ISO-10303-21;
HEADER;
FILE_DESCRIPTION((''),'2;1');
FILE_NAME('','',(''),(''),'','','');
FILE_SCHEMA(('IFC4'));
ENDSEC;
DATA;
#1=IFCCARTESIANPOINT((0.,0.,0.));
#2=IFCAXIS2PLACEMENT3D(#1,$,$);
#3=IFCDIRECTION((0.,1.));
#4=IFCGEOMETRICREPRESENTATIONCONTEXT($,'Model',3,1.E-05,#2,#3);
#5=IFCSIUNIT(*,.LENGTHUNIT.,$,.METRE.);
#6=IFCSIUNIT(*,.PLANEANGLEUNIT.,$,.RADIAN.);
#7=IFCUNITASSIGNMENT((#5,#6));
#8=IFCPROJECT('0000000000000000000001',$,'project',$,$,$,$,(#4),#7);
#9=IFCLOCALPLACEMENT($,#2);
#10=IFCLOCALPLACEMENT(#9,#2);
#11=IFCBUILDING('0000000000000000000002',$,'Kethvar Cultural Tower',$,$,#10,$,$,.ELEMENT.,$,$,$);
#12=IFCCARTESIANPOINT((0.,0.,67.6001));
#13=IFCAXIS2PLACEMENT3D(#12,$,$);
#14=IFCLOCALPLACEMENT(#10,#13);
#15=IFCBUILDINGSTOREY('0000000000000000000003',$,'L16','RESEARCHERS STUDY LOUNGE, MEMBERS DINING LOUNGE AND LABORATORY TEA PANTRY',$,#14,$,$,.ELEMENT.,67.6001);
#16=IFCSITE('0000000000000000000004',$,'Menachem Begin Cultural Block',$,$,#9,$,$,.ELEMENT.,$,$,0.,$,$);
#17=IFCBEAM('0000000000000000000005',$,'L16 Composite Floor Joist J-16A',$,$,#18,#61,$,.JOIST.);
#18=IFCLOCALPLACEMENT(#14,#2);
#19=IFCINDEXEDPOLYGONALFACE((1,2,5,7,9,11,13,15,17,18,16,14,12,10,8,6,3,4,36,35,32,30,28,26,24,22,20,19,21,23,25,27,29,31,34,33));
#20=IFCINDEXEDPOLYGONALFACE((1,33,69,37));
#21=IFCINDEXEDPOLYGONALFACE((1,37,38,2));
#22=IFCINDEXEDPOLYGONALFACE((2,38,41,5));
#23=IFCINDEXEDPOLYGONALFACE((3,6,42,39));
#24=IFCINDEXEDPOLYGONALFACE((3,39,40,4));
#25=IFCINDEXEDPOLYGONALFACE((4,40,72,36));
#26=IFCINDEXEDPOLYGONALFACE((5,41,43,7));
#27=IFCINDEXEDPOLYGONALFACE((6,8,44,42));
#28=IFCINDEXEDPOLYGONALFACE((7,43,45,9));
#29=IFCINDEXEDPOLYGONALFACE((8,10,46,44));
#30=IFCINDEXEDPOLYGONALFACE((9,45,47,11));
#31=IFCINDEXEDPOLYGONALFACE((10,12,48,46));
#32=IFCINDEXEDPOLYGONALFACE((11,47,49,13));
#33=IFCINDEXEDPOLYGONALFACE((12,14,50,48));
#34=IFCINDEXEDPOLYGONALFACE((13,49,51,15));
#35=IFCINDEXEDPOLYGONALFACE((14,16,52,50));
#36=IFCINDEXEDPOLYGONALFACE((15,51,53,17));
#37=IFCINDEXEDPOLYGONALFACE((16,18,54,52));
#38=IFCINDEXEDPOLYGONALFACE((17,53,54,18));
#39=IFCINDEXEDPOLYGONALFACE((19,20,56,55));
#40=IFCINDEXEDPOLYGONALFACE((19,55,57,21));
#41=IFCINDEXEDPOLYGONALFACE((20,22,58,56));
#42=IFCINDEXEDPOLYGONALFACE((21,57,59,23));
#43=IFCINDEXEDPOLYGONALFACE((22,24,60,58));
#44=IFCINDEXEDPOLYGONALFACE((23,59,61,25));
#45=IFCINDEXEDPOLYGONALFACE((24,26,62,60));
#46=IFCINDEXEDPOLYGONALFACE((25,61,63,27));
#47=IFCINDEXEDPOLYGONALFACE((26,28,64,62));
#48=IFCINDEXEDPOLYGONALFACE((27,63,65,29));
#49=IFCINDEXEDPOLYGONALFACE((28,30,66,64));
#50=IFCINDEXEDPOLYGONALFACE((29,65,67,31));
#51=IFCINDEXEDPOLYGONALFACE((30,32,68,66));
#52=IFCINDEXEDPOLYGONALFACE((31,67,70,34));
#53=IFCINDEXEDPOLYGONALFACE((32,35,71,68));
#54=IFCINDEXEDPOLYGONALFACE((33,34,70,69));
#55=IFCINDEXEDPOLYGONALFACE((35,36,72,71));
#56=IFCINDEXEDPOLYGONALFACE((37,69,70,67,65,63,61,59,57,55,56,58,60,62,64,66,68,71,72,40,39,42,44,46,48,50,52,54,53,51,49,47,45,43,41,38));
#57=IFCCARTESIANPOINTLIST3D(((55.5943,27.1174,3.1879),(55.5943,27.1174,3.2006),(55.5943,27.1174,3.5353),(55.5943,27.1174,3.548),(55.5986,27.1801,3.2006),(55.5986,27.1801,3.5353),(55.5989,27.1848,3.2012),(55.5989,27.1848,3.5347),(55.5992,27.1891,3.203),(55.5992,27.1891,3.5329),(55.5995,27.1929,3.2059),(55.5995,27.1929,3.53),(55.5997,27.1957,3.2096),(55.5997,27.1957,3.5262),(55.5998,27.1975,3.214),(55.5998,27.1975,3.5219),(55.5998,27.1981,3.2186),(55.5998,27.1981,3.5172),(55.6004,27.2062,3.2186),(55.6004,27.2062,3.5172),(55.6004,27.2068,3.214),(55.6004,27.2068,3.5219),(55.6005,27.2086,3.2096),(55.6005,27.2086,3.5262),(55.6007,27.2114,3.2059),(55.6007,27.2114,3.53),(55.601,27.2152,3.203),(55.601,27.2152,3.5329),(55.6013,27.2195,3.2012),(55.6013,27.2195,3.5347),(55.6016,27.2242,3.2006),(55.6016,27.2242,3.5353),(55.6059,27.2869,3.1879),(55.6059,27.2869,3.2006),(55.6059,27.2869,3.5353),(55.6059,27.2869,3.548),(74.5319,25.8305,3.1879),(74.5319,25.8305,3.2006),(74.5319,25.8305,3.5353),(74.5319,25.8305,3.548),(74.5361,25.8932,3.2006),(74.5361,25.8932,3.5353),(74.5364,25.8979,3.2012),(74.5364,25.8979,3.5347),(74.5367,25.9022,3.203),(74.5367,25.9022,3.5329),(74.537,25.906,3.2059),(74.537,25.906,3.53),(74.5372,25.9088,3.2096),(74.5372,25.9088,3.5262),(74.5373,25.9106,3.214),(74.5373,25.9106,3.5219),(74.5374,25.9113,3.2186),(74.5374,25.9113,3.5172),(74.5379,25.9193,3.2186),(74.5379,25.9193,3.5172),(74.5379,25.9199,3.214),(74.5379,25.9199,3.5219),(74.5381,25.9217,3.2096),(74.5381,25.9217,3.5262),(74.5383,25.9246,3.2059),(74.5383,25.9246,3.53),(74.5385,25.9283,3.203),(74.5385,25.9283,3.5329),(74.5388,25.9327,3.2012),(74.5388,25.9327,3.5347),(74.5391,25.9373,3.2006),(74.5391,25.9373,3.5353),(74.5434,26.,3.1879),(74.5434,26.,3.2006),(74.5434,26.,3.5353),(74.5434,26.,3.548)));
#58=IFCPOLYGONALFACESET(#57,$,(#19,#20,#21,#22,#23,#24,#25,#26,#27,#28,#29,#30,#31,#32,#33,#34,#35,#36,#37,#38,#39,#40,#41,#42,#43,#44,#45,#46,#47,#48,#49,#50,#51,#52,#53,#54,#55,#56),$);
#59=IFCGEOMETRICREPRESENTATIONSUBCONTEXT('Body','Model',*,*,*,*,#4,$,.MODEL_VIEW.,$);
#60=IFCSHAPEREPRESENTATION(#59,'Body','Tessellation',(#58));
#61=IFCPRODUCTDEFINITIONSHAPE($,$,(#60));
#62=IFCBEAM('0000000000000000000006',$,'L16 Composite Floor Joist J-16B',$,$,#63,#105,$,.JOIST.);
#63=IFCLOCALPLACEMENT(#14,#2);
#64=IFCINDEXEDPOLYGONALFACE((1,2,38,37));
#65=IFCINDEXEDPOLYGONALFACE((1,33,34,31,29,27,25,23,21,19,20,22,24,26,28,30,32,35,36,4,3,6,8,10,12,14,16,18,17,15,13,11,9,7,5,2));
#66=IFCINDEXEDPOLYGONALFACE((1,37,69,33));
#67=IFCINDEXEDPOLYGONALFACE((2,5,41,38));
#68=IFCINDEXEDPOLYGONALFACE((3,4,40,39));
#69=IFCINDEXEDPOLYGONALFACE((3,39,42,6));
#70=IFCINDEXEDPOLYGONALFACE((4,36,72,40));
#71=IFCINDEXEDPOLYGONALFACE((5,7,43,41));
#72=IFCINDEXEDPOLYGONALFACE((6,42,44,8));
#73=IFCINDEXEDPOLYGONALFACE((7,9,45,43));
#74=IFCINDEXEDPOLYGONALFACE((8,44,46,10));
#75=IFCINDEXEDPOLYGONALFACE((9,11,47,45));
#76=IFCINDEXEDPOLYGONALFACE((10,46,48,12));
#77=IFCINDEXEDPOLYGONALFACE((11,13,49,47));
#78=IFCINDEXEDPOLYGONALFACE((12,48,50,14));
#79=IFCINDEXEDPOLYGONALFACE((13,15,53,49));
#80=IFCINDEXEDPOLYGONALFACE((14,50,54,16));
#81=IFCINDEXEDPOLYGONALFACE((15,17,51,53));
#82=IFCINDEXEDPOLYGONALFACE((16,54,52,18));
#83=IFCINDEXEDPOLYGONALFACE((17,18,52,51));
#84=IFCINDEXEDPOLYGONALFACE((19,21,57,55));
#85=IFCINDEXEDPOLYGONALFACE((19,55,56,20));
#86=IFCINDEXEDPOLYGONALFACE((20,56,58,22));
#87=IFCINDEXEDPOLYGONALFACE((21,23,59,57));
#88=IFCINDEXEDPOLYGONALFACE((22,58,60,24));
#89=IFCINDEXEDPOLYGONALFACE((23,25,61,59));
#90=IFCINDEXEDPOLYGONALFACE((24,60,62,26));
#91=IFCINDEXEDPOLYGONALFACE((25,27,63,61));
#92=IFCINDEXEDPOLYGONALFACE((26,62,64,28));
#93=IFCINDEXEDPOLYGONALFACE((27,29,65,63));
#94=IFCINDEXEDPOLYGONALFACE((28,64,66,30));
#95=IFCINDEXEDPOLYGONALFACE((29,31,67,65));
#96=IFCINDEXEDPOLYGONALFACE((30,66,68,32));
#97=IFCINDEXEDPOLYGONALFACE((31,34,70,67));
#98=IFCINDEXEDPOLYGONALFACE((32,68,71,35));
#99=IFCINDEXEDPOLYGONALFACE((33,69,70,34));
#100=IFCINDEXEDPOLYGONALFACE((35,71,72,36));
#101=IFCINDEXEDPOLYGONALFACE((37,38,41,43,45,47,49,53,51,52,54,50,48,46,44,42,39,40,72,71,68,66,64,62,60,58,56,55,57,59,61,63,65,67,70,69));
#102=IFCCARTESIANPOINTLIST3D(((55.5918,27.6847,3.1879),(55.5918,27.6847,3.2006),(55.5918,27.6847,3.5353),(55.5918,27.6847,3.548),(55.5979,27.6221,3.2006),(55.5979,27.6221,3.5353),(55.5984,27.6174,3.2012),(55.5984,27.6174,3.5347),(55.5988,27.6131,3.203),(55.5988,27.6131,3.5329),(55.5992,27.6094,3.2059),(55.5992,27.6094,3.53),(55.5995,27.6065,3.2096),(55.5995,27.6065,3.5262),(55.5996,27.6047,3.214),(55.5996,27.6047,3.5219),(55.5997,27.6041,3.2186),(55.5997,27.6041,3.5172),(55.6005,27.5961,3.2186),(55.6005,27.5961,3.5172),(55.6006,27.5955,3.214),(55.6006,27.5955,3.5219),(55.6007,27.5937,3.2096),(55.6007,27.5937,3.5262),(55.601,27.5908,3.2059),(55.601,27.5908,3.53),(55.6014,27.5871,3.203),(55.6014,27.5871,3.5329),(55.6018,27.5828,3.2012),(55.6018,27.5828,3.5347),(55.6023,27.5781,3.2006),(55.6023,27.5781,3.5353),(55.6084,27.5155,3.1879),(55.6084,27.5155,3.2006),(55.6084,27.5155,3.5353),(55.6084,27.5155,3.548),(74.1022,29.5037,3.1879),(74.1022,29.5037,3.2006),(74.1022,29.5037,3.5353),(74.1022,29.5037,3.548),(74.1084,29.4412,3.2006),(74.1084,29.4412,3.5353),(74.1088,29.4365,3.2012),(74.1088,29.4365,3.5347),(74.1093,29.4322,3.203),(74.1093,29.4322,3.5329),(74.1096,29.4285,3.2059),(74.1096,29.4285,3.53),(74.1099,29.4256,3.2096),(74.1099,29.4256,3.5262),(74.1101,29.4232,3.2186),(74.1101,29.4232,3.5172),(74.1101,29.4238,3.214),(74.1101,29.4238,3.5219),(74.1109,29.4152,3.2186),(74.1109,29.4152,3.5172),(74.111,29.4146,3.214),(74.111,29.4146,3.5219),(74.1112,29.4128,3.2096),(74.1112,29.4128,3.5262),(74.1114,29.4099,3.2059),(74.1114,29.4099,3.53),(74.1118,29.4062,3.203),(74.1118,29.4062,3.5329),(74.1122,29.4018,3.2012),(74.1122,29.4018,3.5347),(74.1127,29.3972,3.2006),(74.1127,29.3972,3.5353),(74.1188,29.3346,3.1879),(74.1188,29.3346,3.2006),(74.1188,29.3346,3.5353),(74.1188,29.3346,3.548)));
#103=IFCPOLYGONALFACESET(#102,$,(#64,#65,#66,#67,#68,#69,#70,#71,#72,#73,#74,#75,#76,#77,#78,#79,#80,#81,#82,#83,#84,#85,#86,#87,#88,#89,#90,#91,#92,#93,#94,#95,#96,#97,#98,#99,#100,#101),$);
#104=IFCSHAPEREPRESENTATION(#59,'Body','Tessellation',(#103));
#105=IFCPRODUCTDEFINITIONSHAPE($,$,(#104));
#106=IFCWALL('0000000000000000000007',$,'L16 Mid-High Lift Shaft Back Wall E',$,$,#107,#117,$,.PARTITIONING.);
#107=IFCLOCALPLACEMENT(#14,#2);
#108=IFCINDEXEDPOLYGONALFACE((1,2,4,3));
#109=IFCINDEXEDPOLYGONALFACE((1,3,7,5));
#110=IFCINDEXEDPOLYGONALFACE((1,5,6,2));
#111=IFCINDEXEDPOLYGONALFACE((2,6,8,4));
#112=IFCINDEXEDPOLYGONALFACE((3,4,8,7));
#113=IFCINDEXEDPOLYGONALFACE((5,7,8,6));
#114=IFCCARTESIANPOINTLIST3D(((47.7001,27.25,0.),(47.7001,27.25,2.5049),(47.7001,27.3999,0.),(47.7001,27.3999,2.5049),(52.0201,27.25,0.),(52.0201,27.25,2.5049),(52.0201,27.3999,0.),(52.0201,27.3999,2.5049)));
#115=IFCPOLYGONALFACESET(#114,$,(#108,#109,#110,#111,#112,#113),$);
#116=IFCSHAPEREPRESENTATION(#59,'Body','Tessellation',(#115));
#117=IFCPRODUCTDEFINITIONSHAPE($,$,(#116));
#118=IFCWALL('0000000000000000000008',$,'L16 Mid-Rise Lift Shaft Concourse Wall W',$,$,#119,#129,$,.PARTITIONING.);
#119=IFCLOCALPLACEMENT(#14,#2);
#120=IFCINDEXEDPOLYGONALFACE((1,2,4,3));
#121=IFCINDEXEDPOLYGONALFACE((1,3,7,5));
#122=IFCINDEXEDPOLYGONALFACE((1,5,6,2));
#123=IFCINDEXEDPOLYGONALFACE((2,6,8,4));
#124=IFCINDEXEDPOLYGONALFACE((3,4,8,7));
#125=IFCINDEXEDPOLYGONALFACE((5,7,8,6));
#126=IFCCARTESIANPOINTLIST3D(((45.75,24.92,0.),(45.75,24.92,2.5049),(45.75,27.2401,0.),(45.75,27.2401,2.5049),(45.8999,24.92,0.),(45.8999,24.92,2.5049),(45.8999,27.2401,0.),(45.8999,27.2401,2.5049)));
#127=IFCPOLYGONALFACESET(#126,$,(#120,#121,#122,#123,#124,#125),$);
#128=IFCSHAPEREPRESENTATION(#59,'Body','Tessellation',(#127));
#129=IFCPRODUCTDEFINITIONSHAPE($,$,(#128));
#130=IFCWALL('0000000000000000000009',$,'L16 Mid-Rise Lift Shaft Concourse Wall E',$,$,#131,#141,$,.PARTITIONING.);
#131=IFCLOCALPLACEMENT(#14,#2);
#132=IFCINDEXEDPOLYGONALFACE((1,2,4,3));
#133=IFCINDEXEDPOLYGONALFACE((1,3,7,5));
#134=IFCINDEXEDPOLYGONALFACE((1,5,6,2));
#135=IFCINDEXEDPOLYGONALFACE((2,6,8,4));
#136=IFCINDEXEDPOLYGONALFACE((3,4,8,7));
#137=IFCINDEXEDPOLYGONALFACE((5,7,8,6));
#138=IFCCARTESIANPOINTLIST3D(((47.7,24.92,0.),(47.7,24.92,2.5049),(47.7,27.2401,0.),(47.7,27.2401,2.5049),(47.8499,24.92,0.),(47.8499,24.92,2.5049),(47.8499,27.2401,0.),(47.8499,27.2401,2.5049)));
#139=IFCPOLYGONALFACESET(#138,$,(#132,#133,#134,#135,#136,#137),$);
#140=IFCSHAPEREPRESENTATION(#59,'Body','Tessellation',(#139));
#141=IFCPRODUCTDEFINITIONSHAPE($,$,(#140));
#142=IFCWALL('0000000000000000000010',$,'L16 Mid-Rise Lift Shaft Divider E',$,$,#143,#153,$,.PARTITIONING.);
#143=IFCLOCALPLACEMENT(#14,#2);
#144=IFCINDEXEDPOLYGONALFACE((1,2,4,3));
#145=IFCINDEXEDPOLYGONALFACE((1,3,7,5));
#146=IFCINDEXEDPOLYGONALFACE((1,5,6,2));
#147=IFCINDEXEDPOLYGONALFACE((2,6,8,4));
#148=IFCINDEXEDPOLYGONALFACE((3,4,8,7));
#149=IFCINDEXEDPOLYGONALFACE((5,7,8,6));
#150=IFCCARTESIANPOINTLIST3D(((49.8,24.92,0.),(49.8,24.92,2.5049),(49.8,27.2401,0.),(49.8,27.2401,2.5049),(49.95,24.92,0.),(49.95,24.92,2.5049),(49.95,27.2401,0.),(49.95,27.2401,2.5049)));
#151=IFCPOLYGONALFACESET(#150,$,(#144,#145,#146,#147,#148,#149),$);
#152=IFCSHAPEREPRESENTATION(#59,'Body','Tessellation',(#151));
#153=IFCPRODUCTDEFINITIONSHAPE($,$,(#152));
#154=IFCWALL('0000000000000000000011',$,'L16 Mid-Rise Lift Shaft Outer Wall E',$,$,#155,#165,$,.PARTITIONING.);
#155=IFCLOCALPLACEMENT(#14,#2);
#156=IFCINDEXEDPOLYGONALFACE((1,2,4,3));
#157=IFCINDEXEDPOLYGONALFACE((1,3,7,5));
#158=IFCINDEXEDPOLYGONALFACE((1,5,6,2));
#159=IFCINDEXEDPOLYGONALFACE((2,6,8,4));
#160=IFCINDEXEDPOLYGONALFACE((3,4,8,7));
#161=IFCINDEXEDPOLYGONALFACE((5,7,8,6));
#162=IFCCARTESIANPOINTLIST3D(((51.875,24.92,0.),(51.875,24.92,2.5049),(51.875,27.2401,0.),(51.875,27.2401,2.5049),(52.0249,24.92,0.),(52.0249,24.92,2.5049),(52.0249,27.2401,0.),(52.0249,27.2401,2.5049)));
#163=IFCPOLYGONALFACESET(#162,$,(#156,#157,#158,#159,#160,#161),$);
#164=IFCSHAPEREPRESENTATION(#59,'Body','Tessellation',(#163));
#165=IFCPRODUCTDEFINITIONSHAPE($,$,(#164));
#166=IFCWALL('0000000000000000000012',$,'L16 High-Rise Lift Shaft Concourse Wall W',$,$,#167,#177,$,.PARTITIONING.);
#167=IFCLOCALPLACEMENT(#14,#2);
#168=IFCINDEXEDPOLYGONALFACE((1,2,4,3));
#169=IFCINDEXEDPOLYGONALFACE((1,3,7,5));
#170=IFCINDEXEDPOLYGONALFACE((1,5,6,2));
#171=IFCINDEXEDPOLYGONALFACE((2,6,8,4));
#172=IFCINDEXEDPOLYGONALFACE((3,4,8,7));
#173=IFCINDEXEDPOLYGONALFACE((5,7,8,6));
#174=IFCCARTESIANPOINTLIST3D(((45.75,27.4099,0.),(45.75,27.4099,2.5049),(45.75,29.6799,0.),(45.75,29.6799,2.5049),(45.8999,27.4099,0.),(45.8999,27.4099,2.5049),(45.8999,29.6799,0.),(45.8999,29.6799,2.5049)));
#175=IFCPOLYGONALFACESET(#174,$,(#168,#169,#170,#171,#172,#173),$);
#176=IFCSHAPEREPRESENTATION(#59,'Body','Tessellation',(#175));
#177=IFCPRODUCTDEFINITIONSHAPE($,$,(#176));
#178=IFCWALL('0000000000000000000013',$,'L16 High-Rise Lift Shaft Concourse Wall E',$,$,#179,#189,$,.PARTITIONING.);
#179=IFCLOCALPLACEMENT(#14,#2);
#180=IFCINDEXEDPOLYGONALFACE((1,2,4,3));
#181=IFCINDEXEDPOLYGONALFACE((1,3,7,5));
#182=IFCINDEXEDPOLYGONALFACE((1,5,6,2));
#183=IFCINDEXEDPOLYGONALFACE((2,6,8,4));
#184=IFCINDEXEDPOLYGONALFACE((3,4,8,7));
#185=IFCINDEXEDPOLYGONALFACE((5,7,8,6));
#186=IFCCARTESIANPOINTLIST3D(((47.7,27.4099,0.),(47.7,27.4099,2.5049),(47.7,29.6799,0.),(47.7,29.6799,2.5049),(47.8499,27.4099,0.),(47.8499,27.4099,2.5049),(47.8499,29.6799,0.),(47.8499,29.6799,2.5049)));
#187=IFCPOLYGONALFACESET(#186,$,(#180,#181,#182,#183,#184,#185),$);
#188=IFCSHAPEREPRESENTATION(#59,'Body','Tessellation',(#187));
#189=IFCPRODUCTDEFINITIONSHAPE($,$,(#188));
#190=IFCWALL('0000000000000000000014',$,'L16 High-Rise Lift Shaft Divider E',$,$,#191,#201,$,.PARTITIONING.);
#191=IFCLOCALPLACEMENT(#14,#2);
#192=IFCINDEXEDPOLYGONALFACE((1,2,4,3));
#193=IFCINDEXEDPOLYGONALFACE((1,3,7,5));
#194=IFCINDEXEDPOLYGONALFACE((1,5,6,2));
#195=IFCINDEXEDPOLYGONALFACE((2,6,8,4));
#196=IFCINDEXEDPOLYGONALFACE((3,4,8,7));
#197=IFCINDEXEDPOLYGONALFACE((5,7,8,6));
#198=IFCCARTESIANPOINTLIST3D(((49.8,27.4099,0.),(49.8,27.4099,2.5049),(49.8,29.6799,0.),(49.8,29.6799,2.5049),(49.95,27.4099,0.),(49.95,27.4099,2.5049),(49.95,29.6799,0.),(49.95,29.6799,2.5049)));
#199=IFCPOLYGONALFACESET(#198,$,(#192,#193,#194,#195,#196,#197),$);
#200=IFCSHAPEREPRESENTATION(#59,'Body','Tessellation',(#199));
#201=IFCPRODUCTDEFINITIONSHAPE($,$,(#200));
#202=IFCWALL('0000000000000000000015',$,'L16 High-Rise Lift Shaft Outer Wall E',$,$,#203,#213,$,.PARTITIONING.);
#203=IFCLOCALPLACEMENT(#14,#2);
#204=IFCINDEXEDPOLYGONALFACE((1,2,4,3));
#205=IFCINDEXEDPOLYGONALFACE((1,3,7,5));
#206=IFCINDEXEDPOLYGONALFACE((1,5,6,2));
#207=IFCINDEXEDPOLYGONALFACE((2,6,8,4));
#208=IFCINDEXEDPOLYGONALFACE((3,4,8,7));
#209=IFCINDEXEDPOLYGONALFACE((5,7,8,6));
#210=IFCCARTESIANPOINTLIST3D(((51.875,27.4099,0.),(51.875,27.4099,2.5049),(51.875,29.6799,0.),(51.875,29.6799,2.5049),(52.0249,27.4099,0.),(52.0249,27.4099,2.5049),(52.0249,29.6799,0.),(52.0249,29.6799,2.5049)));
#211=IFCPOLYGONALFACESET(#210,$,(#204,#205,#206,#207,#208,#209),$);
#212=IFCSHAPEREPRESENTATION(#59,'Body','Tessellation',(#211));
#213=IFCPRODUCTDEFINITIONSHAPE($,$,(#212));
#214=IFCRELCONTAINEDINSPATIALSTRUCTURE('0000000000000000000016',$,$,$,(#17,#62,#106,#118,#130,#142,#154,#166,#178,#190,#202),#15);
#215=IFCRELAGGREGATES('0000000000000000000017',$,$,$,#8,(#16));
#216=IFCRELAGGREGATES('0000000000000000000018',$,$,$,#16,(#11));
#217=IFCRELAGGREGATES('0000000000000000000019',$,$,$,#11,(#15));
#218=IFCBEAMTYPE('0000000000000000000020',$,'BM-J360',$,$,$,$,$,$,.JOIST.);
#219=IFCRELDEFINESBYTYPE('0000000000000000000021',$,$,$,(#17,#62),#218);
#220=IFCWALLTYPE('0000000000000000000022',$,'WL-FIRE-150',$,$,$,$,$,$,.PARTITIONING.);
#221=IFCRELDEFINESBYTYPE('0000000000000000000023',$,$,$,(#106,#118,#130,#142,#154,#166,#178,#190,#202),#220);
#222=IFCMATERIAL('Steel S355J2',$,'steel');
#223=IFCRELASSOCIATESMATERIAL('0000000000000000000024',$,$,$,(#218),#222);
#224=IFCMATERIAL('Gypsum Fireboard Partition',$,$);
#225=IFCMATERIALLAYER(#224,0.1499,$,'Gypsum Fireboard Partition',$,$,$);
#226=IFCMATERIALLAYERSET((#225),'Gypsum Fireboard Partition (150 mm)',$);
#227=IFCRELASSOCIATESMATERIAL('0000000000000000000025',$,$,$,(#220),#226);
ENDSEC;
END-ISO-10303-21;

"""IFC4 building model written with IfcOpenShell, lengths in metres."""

from ifc_helpers import new_model, si_unit, direction, frame, frame_2d, origin, origin_2d, place, context, subcontext, project, spatial, rectangle, i_section, extrude, source, transform, mapped, material, layer, layer_set, material_profile, profile_set, type_object, element, save


model = new_model("IFC4")

# Units and contexts
model_context = context("Model", 3, precision=1e-05, world=origin(), true_north=direction((0.0, 1.0)))
body_context = subcontext(model_context, "Body", "Model", "MODEL_VIEW")
ifc_project = project(units=[si_unit("LENGTHUNIT", "METRE"), si_unit("PLANEANGLEUNIT", "RADIAN")], contexts=[model_context])

# Site, building, storey
site_placement = place(None, origin())
site = spatial("IfcSite", under=ifc_project, at=site_placement, Name="Menachem Begin Cultural Block", CompositionType="ELEMENT", RefElevation=0.0)
building_placement = place(site_placement, origin())
building = spatial("IfcBuilding", under=site, at=building_placement, Name="Kethvar Cultural Tower", CompositionType="ELEMENT")
storey_placement = place(building_placement, frame((0.0, 0.0, 67.6001)))
storey = spatial("IfcBuildingStorey", under=building, at=storey_placement, Name="L16", Description="RESEARCHERS STUDY LOUNGE, MEMBERS DINING LOUNGE AND LABORATORY TEA PANTRY", CompositionType="ELEMENT", Elevation=67.6001)

# Beams
ifc_material_1 = material(Name="Steel S355J2", Category="steel")
ifc_material_profile_1 = material_profile(ifc_material_1, i_section(OverallWidth=0.1699, OverallDepth=0.3601, WebThickness=0.0081, FlangeThickness=0.0127, FilletRadius=0.0181, at=origin_2d()), Name="Steel S355J2 — IPE360")
ifc_profile_set_1 = profile_set([ifc_material_profile_1], Name="Steel S355J2 — IPE360")
beam_type_1 = type_object("IfcBeamType", Name="BM-J360", PredefinedType="JOIST", material=ifc_profile_set_1)
shared_shape_1 = source(origin(), body_context, "Body", "SweptSolid", [
    extrude(i_section(OverallWidth=0.1699, OverallDepth=0.3601, WebThickness=0.0081, FlangeThickness=0.0127, FilletRadius=0.0181, at=origin_2d()), origin(), (0.0, 0.0, 1.0), 18.9812),
])
beam_1_placement = place(storey_placement, frame((55.6001, 27.2021, 3.3679), z_axis=(0.997699, -0.067797, 0.0), x_axis=(0.067797, 0.997699, 0.0)))
element("IfcBeam", 1, at=beam_1_placement, inside=storey, type_object=beam_type_1, Name="L16 Composite Floor Joist J-16A", PredefinedType="JOIST", context=body_context, shape_type="MappedRepresentation", body=[
    mapped(shared_shape_1, transform((0.0, 0.0, 0.0), scale=1.0)),
])
shared_shape_2 = source(origin(), body_context, "Body", "SweptSolid", [
    extrude(i_section(OverallWidth=0.1699, OverallDepth=0.3601, WebThickness=0.0081, FlangeThickness=0.0127, FilletRadius=0.0181, at=origin_2d()), origin(), (0.0, 0.0, 1.0), 18.5996),
])
beam_2_placement = place(storey_placement, frame((55.6001, 27.6001, 3.3679), z_axis=(0.995206, 0.097802, 0.0), x_axis=(-0.097802, 0.995206, 0.0)))
element("IfcBeam", 2, at=beam_2_placement, inside=storey, type_object=beam_type_1, Name="L16 Composite Floor Joist J-16B", PredefinedType="JOIST", context=body_context, shape_type="MappedRepresentation", body=[
    mapped(shared_shape_2, transform((0.0, 0.0, 0.0), scale=1.0)),
])

# Walls
ifc_material_2 = material(Name="Gypsum Fireboard Partition")
ifc_layer_1 = layer(ifc_material_2, 0.1499, Name="Gypsum Fireboard Partition")
ifc_layer_set_1 = layer_set([ifc_layer_1], Name="Gypsum Fireboard Partition (150 mm)")
wall_type_1 = type_object("IfcWallType", Name="WL-FIRE-150", PredefinedType="PARTITIONING", material=ifc_layer_set_1)
wall_1_placement = place(storey_placement, frame((47.7, 27.325, 0.0), z_axis=(0.0, 0.0, 1.0), x_axis=(1.0, 0.0, 0.0)))
element("IfcWall", 3, at=wall_1_placement, inside=storey, type_object=wall_type_1, Name="L16 Mid-High Lift Shaft Back Wall E", PredefinedType="PARTITIONING", context=body_context, shape_type="SweptSolid", body=[
    extrude(rectangle(XDim=4.3201, YDim=0.1499, at=frame_2d((2.1602, 0.0))), origin(), (0.0, 0.0, 1.0), 2.5049),
])
for number, where, z_axis, x_axis, name in (
    (4, (45.825, 24.9199, 0.0), (0.0, 0.0, 1.0), (0.0, 1.0, 0.0), "L16 Mid-Rise Lift Shaft Concourse Wall W"),
    (5, (47.7749, 24.9199, 0.0), (0.0, 0.0, 1.0), (0.0, 1.0, 0.0), "L16 Mid-Rise Lift Shaft Concourse Wall E"),
    (6, (49.875, 24.9199, 0.0), (0.0, 0.0, 1.0), (0.0, 1.0, 0.0), "L16 Mid-Rise Lift Shaft Divider E"),
    (7, (51.95, 24.9199, 0.0), (0.0, 0.0, 1.0), (0.0, 1.0, 0.0), "L16 Mid-Rise Lift Shaft Outer Wall E"),
):
    element("IfcWall", number, at=place(storey_placement, frame(where, z_axis=z_axis, x_axis=x_axis)), inside=storey, type_object=wall_type_1, Name=name, PredefinedType="PARTITIONING", context=body_context, shape_type="SweptSolid", body=[
        extrude(rectangle(XDim=2.3201, YDim=0.1499, at=frame_2d((1.1602, 0.0))), origin(), (0.0, 0.0, 1.0), 2.5049),
    ])
for number, where, z_axis, x_axis, name in (
    (8, (45.825, 27.4099, 0.0), (0.0, 0.0, 1.0), (0.0, 1.0, 0.0), "L16 High-Rise Lift Shaft Concourse Wall W"),
    (9, (47.7749, 27.4099, 0.0), (0.0, 0.0, 1.0), (0.0, 1.0, 0.0), "L16 High-Rise Lift Shaft Concourse Wall E"),
    (10, (49.875, 27.4099, 0.0), (0.0, 0.0, 1.0), (0.0, 1.0, 0.0), "L16 High-Rise Lift Shaft Divider E"),
    (11, (51.95, 27.4099, 0.0), (0.0, 0.0, 1.0), (0.0, 1.0, 0.0), "L16 High-Rise Lift Shaft Outer Wall E"),
):
    element("IfcWall", number, at=place(storey_placement, frame(where, z_axis=z_axis, x_axis=x_axis)), inside=storey, type_object=wall_type_1, Name=name, PredefinedType="PARTITIONING", context=body_context, shape_type="SweptSolid", body=[
        extrude(rectangle(XDim=2.27, YDim=0.1499, at=frame_2d((1.135, 0.0))), origin(), (0.0, 0.0, 1.0), 2.5049),
    ])

save(model, "model.ifc")
